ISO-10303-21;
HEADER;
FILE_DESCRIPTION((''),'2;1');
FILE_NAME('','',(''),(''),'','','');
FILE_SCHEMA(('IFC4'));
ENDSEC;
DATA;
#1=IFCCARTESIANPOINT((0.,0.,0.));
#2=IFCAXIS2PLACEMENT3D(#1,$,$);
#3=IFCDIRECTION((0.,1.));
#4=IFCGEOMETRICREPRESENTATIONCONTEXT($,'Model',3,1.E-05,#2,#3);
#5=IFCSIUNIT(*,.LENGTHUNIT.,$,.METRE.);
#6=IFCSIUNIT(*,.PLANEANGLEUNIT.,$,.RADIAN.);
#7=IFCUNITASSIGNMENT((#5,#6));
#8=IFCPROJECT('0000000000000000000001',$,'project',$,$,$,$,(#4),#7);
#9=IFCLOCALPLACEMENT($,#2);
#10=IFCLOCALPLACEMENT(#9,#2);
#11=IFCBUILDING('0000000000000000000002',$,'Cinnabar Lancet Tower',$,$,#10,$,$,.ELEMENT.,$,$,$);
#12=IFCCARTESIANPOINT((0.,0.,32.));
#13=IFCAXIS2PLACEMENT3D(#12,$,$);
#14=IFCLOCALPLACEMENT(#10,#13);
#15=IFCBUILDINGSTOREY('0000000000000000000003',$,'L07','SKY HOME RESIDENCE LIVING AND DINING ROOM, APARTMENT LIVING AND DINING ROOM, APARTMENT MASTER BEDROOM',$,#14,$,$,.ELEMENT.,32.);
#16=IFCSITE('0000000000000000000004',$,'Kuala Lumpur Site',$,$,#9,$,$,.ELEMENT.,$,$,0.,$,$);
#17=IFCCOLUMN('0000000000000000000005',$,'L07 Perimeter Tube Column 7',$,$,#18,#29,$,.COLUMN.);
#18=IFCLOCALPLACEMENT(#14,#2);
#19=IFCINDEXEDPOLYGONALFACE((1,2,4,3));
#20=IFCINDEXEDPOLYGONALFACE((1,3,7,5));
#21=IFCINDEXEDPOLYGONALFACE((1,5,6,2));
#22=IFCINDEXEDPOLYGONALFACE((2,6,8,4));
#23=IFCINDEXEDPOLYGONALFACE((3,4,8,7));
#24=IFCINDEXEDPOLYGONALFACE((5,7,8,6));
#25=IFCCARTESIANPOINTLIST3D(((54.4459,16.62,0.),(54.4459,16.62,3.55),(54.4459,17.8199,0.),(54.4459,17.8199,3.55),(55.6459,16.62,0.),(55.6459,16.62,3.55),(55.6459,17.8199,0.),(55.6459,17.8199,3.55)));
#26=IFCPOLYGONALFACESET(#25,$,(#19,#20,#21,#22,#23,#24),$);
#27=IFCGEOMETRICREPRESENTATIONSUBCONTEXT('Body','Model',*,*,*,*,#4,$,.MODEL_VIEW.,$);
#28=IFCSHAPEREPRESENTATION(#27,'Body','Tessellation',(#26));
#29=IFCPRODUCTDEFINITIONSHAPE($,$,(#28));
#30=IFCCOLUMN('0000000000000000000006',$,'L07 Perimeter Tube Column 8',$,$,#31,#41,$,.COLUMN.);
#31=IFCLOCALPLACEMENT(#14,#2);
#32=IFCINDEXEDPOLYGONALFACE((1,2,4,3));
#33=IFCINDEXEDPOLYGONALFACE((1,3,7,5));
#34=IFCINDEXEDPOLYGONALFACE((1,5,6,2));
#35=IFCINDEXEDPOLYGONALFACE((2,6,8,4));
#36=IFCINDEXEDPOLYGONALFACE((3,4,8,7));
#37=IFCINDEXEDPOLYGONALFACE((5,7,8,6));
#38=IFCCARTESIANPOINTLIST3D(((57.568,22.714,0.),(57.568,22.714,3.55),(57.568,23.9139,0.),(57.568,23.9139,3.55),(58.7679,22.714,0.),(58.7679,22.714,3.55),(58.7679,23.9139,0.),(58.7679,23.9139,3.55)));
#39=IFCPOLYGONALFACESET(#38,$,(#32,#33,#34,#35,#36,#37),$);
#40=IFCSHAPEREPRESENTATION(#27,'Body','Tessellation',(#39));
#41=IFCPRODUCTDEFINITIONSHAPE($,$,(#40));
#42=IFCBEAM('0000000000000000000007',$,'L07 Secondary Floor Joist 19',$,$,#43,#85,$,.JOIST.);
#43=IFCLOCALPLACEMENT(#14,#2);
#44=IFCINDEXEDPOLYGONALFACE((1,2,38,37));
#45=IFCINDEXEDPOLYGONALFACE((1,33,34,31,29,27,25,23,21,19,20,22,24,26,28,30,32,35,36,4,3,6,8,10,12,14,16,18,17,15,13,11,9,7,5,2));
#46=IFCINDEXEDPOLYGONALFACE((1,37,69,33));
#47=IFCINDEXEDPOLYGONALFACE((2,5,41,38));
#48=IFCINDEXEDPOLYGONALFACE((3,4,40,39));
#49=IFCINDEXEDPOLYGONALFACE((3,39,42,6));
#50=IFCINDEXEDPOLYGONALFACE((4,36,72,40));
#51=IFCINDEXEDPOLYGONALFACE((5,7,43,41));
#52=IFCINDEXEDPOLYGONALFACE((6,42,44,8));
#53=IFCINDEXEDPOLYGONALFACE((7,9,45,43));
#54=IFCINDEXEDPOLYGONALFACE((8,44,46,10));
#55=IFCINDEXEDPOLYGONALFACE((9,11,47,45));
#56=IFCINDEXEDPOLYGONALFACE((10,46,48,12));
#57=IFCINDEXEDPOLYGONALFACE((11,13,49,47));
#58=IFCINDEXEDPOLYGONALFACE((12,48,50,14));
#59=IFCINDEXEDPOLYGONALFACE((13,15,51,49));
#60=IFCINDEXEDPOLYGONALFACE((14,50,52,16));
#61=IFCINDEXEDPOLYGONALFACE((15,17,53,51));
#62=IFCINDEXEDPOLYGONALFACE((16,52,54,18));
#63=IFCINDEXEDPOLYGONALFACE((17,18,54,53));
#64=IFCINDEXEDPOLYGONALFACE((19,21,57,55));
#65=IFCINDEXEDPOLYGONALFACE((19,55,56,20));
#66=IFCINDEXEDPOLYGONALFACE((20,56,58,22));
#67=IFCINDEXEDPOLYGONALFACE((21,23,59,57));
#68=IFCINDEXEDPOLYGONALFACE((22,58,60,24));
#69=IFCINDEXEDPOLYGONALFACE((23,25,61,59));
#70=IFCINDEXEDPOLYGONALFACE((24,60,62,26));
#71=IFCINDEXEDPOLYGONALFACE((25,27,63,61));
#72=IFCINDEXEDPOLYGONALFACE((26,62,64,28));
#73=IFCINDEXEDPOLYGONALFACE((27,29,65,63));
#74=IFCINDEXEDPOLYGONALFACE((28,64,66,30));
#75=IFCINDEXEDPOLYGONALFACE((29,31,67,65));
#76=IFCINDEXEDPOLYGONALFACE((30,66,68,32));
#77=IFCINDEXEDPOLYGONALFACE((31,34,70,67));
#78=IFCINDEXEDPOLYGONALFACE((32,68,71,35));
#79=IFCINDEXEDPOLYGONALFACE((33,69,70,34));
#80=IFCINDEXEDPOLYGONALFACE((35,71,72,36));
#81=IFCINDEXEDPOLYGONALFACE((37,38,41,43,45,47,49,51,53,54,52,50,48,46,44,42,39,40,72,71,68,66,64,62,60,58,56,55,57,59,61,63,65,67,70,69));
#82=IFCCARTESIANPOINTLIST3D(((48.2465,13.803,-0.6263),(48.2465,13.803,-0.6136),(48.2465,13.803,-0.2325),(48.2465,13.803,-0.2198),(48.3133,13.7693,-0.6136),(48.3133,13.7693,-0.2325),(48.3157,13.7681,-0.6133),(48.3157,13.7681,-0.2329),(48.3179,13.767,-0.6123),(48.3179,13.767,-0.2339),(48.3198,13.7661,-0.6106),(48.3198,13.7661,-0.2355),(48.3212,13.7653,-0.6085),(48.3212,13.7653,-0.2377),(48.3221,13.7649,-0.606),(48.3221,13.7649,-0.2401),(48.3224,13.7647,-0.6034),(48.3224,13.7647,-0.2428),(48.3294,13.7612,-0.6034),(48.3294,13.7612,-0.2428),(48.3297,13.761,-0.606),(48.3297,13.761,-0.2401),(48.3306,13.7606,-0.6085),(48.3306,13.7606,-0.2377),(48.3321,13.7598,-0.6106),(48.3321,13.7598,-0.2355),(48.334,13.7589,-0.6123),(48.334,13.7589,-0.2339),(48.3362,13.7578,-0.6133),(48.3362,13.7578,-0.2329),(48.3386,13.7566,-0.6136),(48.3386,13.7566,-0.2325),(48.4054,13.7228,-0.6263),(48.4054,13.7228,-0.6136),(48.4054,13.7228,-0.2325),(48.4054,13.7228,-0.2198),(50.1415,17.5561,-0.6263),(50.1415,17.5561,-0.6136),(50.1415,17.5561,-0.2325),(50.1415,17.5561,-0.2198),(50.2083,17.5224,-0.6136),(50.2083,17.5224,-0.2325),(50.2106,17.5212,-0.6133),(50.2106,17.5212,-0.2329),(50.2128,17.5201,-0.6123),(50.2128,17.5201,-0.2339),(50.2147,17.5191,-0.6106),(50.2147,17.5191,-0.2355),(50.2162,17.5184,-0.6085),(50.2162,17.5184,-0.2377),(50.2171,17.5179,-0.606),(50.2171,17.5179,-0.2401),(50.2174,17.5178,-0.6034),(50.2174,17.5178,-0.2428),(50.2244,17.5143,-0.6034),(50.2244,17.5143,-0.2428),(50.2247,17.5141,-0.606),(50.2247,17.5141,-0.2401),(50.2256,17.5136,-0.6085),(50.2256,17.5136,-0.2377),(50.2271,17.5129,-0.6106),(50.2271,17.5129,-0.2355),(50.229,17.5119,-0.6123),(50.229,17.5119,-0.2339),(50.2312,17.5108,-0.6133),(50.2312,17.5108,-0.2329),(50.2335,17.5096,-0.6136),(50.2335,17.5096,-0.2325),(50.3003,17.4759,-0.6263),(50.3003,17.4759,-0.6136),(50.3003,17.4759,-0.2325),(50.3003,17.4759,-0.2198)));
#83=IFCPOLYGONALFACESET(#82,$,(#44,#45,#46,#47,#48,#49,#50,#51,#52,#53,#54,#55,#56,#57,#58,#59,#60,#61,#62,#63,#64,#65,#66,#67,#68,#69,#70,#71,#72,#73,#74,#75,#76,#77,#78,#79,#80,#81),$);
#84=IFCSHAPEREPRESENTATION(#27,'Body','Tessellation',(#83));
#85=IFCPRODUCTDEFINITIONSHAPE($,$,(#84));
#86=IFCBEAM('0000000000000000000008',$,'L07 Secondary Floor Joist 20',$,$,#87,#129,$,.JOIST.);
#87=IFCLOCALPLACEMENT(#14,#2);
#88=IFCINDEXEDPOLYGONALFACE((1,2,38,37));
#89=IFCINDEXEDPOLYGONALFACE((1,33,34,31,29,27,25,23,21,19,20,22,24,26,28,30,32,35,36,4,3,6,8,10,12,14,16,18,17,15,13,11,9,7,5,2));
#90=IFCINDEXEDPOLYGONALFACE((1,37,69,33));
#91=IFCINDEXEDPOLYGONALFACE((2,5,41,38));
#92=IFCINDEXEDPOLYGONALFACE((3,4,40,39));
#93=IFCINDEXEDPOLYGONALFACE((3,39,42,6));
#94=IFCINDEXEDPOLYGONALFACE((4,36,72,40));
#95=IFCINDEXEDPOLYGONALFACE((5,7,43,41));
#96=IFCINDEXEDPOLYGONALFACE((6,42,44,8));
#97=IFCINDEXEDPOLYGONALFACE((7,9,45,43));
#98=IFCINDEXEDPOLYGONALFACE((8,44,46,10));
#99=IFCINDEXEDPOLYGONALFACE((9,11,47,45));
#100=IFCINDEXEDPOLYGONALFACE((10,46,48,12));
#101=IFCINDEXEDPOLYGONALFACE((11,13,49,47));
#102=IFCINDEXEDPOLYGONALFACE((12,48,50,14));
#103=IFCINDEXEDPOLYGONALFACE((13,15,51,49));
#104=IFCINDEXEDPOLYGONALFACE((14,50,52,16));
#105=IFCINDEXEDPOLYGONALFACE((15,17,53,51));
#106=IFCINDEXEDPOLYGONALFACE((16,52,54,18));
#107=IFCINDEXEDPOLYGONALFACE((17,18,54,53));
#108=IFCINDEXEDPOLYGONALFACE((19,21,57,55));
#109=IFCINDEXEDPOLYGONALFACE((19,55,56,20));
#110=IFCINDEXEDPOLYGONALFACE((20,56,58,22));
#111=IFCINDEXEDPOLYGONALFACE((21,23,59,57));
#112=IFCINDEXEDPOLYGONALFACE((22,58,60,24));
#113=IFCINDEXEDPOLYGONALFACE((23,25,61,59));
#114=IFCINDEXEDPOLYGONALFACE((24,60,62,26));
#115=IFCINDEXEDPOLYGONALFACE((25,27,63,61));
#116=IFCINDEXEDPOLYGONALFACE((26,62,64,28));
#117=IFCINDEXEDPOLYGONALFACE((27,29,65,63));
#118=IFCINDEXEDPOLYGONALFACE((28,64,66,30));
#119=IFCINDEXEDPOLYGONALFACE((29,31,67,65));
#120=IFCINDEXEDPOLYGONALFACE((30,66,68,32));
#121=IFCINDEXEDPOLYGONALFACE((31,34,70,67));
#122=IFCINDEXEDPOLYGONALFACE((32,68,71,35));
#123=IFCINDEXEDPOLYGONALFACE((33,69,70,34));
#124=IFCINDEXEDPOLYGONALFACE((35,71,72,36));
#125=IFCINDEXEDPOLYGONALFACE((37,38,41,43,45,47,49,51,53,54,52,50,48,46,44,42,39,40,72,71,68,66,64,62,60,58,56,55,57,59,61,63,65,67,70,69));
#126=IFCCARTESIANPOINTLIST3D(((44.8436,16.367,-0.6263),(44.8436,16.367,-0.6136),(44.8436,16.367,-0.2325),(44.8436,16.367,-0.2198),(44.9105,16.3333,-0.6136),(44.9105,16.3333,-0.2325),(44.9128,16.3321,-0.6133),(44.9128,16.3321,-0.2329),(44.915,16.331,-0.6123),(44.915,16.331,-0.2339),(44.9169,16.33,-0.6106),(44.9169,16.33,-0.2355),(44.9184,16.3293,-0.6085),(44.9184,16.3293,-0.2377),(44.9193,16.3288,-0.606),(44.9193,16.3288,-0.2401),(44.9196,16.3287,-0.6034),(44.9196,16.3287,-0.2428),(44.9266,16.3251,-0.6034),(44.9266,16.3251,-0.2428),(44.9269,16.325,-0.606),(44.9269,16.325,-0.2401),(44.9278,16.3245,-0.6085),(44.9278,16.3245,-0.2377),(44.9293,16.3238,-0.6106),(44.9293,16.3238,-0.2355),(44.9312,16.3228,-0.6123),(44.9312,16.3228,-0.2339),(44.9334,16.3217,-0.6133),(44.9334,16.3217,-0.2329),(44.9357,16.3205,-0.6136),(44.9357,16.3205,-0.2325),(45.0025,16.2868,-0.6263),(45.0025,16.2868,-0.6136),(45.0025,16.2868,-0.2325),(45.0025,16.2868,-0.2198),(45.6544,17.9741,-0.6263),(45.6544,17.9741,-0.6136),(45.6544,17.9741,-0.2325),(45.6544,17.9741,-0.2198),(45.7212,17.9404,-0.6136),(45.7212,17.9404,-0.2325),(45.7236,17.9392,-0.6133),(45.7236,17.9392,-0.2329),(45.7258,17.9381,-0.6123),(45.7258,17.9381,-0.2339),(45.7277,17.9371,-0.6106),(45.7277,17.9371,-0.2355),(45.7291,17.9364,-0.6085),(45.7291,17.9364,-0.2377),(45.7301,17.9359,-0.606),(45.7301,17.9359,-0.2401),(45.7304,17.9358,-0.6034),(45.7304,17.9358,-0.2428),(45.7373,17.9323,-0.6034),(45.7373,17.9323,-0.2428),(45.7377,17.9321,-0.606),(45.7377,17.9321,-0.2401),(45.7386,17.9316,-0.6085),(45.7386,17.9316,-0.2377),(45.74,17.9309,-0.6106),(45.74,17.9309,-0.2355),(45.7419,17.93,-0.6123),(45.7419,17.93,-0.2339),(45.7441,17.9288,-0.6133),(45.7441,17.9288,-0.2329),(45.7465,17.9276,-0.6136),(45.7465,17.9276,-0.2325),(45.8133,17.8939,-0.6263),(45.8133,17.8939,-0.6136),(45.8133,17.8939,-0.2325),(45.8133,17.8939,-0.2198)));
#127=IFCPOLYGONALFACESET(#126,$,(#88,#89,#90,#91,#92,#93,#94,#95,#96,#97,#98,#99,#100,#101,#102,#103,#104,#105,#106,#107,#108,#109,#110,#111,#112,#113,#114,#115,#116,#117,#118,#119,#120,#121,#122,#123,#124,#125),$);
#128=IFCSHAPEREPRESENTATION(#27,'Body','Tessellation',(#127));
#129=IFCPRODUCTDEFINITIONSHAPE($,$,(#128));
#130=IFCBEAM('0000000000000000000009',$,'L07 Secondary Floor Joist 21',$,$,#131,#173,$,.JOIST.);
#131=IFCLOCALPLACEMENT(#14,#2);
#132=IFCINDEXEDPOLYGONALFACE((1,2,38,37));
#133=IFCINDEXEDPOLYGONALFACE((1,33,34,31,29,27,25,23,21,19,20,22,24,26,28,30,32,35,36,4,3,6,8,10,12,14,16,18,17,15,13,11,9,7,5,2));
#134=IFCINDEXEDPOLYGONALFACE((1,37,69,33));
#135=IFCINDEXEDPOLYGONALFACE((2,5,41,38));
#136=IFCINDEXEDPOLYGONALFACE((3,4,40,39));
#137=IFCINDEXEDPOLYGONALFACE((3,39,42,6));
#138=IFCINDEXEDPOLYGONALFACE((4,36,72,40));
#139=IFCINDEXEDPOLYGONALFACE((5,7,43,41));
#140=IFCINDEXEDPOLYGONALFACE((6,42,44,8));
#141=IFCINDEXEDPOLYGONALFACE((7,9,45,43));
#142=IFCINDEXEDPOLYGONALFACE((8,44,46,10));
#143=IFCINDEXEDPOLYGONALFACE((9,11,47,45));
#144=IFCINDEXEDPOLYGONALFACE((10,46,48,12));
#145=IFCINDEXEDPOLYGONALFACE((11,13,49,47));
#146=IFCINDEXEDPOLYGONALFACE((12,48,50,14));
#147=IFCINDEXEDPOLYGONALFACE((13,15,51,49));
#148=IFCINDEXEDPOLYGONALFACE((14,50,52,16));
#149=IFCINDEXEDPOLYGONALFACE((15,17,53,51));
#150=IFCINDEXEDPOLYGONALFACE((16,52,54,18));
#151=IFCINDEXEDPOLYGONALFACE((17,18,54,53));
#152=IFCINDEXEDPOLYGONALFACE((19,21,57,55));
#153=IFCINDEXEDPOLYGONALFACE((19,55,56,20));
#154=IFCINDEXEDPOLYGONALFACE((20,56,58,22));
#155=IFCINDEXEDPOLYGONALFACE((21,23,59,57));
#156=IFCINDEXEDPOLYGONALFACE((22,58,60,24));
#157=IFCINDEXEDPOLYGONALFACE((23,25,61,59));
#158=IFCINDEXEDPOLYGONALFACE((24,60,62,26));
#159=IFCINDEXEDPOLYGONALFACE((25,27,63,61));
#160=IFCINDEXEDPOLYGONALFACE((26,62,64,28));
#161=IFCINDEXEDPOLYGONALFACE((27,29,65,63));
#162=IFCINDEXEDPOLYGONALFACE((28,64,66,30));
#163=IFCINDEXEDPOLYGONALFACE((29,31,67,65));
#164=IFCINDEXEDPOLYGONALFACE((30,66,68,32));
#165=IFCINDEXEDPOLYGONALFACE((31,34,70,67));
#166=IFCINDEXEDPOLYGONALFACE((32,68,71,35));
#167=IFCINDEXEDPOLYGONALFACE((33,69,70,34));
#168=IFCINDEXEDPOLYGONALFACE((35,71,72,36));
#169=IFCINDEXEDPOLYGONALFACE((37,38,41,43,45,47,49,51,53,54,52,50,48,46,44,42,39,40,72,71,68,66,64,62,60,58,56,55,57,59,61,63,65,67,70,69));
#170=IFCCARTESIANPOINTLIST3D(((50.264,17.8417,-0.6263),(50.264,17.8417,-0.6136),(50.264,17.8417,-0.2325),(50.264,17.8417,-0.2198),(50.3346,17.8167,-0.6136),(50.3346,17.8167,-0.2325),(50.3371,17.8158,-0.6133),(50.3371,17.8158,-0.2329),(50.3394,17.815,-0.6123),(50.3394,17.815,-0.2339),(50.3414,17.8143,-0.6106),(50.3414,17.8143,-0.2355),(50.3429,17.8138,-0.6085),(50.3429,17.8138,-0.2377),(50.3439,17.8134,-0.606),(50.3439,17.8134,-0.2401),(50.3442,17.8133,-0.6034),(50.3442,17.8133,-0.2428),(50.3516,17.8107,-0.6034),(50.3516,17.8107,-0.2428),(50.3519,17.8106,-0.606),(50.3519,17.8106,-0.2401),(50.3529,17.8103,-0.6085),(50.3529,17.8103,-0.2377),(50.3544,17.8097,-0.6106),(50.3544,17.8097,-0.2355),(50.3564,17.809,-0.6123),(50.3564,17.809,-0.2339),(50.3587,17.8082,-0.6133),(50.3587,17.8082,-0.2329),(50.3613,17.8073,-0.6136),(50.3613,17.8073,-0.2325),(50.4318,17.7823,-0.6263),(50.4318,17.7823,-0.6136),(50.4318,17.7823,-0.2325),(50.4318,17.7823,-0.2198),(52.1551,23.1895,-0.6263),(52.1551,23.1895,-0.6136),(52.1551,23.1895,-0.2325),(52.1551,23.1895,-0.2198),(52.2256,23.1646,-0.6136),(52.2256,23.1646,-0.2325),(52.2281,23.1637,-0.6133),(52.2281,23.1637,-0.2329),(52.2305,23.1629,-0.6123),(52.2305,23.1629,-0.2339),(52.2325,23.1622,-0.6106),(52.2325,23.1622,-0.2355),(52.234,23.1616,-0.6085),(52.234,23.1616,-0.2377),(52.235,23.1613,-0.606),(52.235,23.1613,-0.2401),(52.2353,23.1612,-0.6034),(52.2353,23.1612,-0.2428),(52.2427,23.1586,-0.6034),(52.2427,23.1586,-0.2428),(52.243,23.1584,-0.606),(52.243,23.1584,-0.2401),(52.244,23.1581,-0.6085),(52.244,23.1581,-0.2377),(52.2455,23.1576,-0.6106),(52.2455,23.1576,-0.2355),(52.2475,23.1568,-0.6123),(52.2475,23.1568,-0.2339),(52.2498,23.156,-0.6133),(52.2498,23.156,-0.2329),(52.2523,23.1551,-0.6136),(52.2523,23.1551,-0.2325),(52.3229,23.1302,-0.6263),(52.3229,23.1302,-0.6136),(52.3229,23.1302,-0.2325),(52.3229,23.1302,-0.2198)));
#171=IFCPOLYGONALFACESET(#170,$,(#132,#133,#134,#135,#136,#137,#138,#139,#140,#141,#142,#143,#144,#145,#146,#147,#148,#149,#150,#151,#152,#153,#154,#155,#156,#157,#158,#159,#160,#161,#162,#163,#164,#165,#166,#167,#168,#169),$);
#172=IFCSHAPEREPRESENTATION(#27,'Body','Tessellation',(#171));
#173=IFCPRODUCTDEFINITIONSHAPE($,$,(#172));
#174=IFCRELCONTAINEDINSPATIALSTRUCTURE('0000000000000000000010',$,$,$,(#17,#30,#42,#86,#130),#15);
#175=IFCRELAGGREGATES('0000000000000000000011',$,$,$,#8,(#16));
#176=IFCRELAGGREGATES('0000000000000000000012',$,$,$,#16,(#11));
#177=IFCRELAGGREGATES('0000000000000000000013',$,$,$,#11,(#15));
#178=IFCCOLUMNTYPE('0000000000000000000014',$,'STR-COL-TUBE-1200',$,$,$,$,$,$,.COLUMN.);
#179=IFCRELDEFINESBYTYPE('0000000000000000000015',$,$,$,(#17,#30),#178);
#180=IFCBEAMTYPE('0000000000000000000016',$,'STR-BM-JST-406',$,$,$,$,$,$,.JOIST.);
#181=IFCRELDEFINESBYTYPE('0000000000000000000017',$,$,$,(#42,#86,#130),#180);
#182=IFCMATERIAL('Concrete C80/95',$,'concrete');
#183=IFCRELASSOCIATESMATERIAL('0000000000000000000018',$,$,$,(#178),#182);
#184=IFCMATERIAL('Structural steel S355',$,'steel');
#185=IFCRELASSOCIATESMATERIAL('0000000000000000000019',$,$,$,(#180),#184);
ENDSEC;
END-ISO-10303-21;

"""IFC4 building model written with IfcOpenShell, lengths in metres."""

from ifc_helpers import new_model, si_unit, direction, frame, origin, origin_2d, place, context, subcontext, project, spatial, rectangle, i_section, extrude, material, material_profile, profile_set, type_object, element, save


model = new_model("IFC4")

# Units and contexts
model_context = context("Model", 3, precision=1e-05, world=origin(), true_north=direction((0.0, 1.0)))
body_context = subcontext(model_context, "Body", "Model", "MODEL_VIEW")
ifc_project = project(units=[si_unit("LENGTHUNIT", "METRE"), si_unit("PLANEANGLEUNIT", "RADIAN")], contexts=[model_context])

# Site, building, storey
site_placement = place(None, origin())
site = spatial("IfcSite", under=ifc_project, at=site_placement, Name="Kuala Lumpur Site", CompositionType="ELEMENT", RefElevation=0.0)
building_placement = place(site_placement, origin())
building = spatial("IfcBuilding", under=site, at=building_placement, Name="Cinnabar Lancet Tower", CompositionType="ELEMENT")
storey_placement = place(building_placement, frame((0.0, 0.0, 32.0)))
storey = spatial("IfcBuildingStorey", under=building, at=storey_placement, Name="L07", Description="SKY HOME RESIDENCE LIVING AND DINING ROOM, APARTMENT LIVING AND DINING ROOM, APARTMENT MASTER BEDROOM", CompositionType="ELEMENT", Elevation=32.0)

# Columns
ifc_material_1 = material(Name="Concrete C80/95", Category="concrete")
ifc_material_profile_1 = material_profile(ifc_material_1, rectangle(XDim=1.2, YDim=1.2, at=origin_2d()), Name="RC-COL 1200x1200")
ifc_profile_set_1 = profile_set([ifc_material_profile_1], Name="Concrete C80/95")
column_type = type_object("IfcColumnType", Name="STR-COL-TUBE-1200", PredefinedType="COLUMN", material=ifc_profile_set_1)
for number, where, z_axis, x_axis, name in (
    (1, (55.0459, 17.22, 0.0), (0.0, 0.0, 1.0), (1.0, 0.0, 0.0), "L07 Perimeter Tube Column 7"),
    (2, (58.168, 23.314, 0.0), (0.0, 0.0, 1.0), (1.0, 0.0, 0.0), "L07 Perimeter Tube Column 8"),
):
    element("IfcColumn", number, at=place(storey_placement, frame(where, z_axis=z_axis, x_axis=x_axis)), inside=storey, type_object=column_type, Name=name, PredefinedType="COLUMN", context=body_context, shape_type="SweptSolid", body=[
        extrude(rectangle(XDim=1.2, YDim=1.2, at=origin_2d()), origin(), (0.0, 0.0, 1.0), 3.55),
    ])

# Beams
ifc_material_2 = material(Name="Structural steel S355", Category="steel")
ifc_material_profile_2 = material_profile(ifc_material_2, i_section(OverallWidth=0.178, OverallDepth=0.4065, WebThickness=0.0078, FlangeThickness=0.0127, FilletRadius=0.0103, at=origin_2d()), Name="UKB 406x178x60")
ifc_profile_set_2 = profile_set([ifc_material_profile_2], Name="Structural steel S355")
beam_type_1 = type_object("IfcBeamType", Name="STR-BM-JST-406", PredefinedType="JOIST", material=ifc_profile_set_2)
beam_1_placement = place(storey_placement, frame((48.3259, 13.7629, -0.4231), z_axis=(0.450717, 0.892667, 0.0), x_axis=(-0.892667, 0.450717, 0.0)))
element("IfcBeam", 3, at=beam_1_placement, inside=storey, type_object=beam_type_1, Name="L07 Secondary Floor Joist 19", PredefinedType="JOIST", context=body_context, shape_type="SweptSolid", body=[
    extrude(i_section(OverallWidth=0.178, OverallDepth=0.4065, WebThickness=0.0078, FlangeThickness=0.0127, FilletRadius=0.0103, at=origin_2d()), origin(), (0.0, 0.0, 1.0), 4.2043),
])
beam_2_placement = place(storey_placement, frame((44.9231, 16.3269, -0.4231), z_axis=(0.450411, 0.892821, 0.0), x_axis=(-0.892821, 0.450411, 0.0)))
element("IfcBeam", 4, at=beam_2_placement, inside=storey, type_object=beam_type_1, Name="L07 Secondary Floor Joist 20", PredefinedType="JOIST", context=body_context, shape_type="SweptSolid", body=[
    extrude(i_section(OverallWidth=0.178, OverallDepth=0.4065, WebThickness=0.0078, FlangeThickness=0.0127, FilletRadius=0.0103, at=origin_2d()), origin(), (0.0, 0.0, 1.0), 1.8),
])
beam_3_placement = place(storey_placement, frame((50.3479, 17.812, -0.4231), z_axis=(0.333387, 0.94279, 0.0), x_axis=(-0.94279, 0.333387, 0.0)))
element("IfcBeam", 5, at=beam_3_placement, inside=storey, type_object=beam_type_1, Name="L07 Secondary Floor Joist 21", PredefinedType="JOIST", context=body_context, shape_type="SweptSolid", body=[
    extrude(i_section(OverallWidth=0.178, OverallDepth=0.4065, WebThickness=0.0078, FlangeThickness=0.0127, FilletRadius=0.0103, at=origin_2d()), origin(), (0.0, 0.0, 1.0), 5.6724),
])

save(model, "model.ifc")
